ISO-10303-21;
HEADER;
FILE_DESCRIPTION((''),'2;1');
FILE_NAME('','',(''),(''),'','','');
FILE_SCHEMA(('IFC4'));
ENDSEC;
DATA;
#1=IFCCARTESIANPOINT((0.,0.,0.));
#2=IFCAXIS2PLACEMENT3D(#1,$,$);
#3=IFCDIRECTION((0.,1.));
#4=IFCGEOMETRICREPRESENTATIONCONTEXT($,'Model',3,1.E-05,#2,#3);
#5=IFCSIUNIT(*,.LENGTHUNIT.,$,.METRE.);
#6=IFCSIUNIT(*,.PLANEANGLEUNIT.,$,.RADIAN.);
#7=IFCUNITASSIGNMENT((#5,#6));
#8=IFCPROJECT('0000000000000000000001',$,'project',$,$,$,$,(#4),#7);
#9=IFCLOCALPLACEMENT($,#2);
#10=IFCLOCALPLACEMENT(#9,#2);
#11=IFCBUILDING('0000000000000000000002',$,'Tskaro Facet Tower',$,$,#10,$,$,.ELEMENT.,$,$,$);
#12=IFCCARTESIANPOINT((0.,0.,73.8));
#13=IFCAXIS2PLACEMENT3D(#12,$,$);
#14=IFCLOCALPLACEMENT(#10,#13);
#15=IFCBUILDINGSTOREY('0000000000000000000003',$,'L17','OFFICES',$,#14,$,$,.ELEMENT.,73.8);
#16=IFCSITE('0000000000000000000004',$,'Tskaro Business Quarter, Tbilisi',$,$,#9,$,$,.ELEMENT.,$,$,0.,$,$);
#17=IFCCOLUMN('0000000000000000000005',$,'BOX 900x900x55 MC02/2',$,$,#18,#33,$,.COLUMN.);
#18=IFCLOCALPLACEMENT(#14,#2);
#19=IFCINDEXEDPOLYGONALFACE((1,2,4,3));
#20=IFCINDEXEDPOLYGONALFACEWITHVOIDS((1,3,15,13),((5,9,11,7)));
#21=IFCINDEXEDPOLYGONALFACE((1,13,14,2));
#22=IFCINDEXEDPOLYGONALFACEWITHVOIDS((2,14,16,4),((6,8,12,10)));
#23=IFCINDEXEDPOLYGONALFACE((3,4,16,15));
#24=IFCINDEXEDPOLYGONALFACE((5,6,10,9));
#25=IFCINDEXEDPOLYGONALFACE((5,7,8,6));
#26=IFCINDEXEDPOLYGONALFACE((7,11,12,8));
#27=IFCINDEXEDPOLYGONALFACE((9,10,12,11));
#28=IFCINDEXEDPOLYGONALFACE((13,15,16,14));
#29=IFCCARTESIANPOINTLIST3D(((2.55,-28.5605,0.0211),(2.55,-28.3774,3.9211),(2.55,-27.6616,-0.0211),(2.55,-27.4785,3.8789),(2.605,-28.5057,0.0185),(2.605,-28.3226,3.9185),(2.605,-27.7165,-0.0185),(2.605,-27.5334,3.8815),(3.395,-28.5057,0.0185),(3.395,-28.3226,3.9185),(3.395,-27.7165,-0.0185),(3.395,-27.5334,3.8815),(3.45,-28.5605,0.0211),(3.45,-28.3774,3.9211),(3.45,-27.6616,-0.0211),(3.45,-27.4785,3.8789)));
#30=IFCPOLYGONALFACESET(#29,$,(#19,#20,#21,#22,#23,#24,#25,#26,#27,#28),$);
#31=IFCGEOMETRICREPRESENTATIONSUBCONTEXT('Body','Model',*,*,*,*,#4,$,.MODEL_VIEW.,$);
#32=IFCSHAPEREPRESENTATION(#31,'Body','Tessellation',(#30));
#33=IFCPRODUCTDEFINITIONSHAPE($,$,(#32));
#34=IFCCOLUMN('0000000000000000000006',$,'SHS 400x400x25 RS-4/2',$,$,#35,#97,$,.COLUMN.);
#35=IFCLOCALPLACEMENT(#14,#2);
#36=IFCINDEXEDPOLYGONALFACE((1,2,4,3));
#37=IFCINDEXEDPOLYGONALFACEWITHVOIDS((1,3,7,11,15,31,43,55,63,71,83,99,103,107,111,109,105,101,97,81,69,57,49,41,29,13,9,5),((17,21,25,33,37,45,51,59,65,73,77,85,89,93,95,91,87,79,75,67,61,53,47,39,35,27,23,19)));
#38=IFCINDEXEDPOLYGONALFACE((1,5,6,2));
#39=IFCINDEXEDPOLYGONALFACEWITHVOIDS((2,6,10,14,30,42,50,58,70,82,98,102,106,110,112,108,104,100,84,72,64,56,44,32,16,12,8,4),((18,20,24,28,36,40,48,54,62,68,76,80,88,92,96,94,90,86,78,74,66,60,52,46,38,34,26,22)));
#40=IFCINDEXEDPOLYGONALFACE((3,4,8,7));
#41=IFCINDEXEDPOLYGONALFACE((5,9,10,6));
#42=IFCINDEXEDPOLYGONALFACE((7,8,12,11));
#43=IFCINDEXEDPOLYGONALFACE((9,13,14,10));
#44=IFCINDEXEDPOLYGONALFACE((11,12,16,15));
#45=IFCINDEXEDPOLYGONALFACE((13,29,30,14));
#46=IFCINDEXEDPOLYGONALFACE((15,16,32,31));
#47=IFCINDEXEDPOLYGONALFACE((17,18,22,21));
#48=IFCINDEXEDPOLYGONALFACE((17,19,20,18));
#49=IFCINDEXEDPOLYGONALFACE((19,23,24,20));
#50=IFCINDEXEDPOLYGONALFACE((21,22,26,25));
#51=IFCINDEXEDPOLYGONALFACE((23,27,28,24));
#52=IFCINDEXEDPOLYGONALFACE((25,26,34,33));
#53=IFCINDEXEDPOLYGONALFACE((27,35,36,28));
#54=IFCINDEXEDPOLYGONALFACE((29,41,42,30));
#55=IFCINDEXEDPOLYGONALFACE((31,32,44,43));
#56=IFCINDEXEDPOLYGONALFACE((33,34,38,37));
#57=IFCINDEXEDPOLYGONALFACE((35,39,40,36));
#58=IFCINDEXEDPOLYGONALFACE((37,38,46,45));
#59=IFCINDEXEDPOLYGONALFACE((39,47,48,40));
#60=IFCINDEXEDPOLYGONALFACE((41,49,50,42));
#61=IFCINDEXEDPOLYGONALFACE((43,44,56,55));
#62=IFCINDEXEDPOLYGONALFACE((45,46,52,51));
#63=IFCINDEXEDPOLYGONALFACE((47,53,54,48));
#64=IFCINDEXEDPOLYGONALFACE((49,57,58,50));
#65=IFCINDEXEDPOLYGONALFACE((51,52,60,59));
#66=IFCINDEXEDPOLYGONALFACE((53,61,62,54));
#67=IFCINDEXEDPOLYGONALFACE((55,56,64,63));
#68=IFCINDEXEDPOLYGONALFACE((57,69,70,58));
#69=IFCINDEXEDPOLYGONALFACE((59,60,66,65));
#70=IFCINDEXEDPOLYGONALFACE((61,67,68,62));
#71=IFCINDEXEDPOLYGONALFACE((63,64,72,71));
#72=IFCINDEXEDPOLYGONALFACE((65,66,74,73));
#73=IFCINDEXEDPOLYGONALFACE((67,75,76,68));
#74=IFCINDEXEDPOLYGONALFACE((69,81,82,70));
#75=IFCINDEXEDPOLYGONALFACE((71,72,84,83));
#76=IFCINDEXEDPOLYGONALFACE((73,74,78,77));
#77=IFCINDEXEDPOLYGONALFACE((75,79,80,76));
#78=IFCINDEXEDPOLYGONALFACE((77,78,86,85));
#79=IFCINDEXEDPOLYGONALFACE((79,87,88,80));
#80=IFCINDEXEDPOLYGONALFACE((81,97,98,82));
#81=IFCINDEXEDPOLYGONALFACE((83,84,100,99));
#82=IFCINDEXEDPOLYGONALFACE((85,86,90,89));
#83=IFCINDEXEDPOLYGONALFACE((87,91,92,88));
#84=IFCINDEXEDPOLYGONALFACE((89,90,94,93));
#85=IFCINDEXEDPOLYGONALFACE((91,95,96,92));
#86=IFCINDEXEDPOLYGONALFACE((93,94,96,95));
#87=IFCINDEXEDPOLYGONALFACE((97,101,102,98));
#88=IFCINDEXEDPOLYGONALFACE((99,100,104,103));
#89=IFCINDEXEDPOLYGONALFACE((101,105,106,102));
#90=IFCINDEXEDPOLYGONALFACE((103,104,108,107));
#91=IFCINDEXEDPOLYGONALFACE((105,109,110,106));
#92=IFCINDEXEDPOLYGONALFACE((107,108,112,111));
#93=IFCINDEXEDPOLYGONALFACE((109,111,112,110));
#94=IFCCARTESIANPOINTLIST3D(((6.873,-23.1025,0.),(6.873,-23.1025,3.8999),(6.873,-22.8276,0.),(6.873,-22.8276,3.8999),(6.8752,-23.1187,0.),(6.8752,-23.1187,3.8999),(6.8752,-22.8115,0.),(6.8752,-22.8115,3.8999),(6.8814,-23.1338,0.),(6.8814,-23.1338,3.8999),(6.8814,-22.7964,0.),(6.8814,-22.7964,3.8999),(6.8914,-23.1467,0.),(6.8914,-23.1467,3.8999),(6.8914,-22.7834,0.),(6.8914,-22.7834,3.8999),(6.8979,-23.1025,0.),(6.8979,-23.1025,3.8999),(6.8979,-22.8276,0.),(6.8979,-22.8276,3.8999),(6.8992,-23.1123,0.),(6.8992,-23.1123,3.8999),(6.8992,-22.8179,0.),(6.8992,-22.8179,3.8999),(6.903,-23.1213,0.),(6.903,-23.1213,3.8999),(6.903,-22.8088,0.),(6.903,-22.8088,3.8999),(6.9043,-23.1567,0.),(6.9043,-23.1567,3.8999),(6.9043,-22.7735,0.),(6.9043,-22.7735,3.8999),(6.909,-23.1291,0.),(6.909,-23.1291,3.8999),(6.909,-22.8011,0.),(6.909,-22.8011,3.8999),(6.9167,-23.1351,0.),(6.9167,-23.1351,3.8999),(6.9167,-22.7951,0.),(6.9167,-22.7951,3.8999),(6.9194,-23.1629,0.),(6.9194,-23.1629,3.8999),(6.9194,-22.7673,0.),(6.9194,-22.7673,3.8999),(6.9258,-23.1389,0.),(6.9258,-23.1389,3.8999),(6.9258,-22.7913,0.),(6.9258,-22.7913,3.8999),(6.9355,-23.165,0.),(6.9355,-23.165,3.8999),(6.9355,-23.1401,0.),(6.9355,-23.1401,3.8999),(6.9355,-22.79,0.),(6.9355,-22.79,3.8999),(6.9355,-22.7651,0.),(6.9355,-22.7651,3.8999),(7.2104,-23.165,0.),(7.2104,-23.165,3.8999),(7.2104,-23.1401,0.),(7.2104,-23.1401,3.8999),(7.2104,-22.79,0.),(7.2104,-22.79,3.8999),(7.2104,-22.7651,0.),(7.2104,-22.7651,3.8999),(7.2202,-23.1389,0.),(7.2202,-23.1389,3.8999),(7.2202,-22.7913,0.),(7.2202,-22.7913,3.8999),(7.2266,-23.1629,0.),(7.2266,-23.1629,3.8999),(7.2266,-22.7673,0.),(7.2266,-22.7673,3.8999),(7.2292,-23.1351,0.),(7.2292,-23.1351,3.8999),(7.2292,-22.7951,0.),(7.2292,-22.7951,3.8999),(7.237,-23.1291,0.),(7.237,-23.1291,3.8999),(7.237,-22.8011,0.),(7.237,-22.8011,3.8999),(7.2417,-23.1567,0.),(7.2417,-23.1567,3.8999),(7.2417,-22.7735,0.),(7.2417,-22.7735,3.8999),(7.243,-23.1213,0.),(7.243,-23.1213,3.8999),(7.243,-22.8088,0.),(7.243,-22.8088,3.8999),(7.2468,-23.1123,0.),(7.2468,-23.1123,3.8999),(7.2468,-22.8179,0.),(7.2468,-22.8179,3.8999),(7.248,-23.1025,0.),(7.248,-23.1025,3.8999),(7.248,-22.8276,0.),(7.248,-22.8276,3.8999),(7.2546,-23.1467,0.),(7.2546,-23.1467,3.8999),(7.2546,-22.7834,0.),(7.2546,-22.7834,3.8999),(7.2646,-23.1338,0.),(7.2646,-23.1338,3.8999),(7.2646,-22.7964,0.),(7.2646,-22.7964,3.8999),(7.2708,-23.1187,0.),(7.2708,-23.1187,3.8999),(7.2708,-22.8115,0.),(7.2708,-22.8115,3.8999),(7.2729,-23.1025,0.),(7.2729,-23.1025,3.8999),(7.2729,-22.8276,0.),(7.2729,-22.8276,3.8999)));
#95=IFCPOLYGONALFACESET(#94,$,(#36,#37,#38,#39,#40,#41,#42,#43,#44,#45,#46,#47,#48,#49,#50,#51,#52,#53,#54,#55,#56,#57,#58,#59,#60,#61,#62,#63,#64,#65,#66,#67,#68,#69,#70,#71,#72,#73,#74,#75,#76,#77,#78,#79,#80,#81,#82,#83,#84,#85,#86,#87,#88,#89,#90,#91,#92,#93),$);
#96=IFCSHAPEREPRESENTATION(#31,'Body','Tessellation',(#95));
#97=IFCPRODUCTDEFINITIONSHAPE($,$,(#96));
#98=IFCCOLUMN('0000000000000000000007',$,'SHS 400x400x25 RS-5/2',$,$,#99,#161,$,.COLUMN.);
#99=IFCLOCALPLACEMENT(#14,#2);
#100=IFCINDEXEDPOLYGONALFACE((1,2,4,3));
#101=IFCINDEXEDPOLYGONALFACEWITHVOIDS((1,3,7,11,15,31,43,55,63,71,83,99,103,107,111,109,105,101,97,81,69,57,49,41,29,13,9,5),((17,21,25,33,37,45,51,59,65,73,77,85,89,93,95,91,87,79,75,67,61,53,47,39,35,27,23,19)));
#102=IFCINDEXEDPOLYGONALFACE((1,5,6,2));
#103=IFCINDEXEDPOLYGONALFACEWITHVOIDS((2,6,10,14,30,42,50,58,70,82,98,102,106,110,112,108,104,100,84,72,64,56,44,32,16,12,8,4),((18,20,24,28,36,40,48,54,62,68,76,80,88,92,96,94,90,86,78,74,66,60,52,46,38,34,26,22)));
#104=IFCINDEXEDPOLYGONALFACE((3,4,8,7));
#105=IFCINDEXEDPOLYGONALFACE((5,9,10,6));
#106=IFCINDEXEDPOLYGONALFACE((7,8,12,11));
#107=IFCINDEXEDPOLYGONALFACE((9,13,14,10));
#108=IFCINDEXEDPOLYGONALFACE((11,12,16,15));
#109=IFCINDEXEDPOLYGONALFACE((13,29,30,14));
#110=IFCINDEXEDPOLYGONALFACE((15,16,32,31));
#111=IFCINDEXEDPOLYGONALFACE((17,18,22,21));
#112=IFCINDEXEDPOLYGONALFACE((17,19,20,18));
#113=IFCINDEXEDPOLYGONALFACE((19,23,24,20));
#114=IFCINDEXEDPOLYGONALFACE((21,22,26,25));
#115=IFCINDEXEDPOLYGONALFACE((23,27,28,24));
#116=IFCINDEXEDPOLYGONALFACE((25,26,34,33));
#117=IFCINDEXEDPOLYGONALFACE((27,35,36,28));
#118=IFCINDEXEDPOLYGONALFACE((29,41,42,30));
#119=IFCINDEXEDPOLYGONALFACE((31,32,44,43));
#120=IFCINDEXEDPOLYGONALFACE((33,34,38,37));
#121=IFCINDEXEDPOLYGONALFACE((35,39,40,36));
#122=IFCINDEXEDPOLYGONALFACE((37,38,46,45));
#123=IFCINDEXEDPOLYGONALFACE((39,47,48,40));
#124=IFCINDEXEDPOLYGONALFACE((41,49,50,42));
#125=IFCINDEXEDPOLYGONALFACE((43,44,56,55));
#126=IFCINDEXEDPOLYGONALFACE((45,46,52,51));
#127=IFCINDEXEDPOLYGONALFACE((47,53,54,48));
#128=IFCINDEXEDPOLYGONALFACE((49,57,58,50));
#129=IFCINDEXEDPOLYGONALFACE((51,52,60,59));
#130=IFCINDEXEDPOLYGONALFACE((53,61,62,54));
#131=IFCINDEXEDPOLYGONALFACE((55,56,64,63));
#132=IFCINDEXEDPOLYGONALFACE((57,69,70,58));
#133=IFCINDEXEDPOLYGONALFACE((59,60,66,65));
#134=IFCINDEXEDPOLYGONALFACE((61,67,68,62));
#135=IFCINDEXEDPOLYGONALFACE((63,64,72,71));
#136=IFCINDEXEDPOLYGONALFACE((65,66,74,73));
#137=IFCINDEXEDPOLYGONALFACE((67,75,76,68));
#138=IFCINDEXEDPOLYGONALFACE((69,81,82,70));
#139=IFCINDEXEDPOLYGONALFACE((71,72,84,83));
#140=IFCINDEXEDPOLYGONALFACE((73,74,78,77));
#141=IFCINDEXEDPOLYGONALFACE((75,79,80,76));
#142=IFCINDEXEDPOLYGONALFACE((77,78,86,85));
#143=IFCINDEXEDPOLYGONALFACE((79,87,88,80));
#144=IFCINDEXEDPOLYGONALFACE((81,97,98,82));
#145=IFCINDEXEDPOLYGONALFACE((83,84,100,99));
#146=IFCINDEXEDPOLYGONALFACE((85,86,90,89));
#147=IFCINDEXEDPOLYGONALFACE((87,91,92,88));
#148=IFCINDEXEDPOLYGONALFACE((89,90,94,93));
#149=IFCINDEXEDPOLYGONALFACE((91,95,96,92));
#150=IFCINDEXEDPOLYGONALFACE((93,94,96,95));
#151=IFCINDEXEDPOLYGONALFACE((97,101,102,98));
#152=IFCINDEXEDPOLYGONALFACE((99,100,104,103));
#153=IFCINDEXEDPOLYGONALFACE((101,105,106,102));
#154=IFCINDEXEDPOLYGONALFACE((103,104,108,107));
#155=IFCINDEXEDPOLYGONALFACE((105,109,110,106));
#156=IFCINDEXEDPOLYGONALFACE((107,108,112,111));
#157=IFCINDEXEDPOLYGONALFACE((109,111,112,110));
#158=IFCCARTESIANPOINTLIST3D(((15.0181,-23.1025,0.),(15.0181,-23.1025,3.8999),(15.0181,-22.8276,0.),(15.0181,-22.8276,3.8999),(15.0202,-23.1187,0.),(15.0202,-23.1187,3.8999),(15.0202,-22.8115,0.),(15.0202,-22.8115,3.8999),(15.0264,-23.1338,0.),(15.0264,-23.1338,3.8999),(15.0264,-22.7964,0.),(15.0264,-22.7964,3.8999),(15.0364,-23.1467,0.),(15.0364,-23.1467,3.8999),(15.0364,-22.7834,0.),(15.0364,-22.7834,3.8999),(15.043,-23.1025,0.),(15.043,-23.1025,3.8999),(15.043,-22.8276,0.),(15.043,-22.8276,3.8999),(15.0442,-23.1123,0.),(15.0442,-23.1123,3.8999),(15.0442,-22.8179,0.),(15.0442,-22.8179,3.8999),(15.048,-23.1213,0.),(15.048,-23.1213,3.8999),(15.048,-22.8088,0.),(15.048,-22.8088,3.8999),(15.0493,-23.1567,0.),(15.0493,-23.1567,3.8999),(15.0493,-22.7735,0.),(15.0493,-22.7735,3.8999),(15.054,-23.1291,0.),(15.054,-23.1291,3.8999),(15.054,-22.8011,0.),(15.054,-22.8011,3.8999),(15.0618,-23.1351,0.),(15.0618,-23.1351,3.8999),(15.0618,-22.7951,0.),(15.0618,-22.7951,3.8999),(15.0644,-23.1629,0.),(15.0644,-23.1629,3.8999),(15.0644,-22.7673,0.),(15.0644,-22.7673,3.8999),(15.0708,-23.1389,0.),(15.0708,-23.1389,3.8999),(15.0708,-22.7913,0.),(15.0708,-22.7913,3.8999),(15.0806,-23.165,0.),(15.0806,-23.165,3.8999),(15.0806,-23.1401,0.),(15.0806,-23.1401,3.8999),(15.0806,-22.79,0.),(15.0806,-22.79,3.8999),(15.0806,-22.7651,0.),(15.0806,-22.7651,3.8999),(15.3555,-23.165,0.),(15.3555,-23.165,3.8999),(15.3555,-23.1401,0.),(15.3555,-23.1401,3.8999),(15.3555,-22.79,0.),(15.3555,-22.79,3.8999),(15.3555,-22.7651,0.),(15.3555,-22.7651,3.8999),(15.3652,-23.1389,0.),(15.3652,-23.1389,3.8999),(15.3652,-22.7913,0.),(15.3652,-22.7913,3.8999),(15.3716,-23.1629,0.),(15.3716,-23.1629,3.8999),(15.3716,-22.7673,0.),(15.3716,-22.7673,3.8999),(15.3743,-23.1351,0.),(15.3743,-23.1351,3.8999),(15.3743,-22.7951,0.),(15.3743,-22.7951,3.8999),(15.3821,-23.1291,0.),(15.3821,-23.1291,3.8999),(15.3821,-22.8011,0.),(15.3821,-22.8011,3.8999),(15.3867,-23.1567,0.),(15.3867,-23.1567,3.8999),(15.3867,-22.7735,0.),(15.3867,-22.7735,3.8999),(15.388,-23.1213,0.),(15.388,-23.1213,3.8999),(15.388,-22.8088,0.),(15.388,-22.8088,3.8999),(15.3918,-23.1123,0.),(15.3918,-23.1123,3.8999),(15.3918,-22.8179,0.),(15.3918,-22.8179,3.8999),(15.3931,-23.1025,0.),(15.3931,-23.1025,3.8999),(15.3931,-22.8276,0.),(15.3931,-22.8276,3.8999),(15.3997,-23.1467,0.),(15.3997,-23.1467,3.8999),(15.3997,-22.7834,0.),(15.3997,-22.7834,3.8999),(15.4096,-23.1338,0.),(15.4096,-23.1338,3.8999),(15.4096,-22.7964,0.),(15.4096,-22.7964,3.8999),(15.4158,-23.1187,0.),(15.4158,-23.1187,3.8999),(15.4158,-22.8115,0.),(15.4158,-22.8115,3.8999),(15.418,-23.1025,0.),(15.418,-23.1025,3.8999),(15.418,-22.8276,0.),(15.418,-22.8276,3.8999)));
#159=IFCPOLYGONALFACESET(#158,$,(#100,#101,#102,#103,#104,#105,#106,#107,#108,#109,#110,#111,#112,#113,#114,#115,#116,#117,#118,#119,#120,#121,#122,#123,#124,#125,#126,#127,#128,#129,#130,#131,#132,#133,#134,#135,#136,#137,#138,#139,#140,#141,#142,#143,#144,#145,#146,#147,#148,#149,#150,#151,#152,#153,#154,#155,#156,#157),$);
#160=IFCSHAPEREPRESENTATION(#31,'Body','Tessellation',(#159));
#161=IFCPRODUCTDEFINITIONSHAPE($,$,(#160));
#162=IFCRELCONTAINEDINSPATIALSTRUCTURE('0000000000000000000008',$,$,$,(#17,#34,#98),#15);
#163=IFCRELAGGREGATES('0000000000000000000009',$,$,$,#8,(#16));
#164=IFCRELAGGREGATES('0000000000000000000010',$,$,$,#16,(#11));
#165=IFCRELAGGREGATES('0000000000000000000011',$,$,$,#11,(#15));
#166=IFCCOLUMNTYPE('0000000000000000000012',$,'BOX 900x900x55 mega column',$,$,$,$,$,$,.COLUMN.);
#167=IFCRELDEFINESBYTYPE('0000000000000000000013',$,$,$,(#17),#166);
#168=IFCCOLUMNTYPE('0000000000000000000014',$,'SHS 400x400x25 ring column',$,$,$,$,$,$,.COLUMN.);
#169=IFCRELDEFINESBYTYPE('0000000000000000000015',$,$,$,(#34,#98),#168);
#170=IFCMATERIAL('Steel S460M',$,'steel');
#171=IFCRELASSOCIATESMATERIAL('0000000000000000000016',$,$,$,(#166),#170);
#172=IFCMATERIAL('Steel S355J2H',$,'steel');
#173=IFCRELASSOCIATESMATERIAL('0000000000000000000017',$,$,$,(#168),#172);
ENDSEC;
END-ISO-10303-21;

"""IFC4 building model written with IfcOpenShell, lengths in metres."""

from ifc_helpers import new_model, si_unit, direction, frame, origin, origin_2d, place, context, subcontext, project, spatial, hollow_rectangle, extrude, material, material_profile, profile_set, type_object, element, save


model = new_model("IFC4")

# Units and contexts
model_context = context("Model", 3, precision=1e-05, world=origin(), true_north=direction((0.0, 1.0)))
body_context = subcontext(model_context, "Body", "Model", "MODEL_VIEW")
ifc_project = project(units=[si_unit("LENGTHUNIT", "METRE"), si_unit("PLANEANGLEUNIT", "RADIAN")], contexts=[model_context])

# Site, building, storey
site_placement = place(None, origin())
site = spatial("IfcSite", under=ifc_project, at=site_placement, Name="Tskaro Business Quarter, Tbilisi", CompositionType="ELEMENT", RefElevation=0.0)
building_placement = place(site_placement, origin())
building = spatial("IfcBuilding", under=site, at=building_placement, Name="Tskaro Facet Tower", CompositionType="ELEMENT")
storey_placement = place(building_placement, frame((0.0, 0.0, 73.8)))
storey = spatial("IfcBuildingStorey", under=building, at=storey_placement, Name="L17", Description="OFFICES", CompositionType="ELEMENT", Elevation=73.8)

# Columns
ifc_material_1 = material(Name="Steel S460M", Category="steel")
ifc_material_profile_1 = material_profile(ifc_material_1, hollow_rectangle(XDim=0.8999, YDim=0.8999, WallThickness=0.0549, at=origin_2d()), Name="BOX 900x900x55")
ifc_profile_set_1 = profile_set([ifc_material_profile_1], Name="Steel S460M")
column_type_1 = type_object("IfcColumnType", Name="BOX 900x900x55 mega column", PredefinedType="COLUMN", material=ifc_profile_set_1)
column_placement = place(storey_placement, frame((3.0, -28.1111, 0.0), z_axis=(0.0, 0.0469, 0.9989), x_axis=(-1.0, 0.0, 0.0)))
element("IfcColumn", 1, at=column_placement, inside=storey, type_object=column_type_1, Name="BOX 900x900x55 MC02/2", PredefinedType="COLUMN", context=body_context, shape_type="SweptSolid", body=[
    extrude(hollow_rectangle(XDim=0.8999, YDim=0.8999, WallThickness=0.0549, at=origin_2d()), origin(), (0.0, 0.0, 1.0), 3.9043),
])
ifc_material_2 = material(Name="Steel S355J2H", Category="steel")
ifc_material_profile_2 = material_profile(ifc_material_2, hollow_rectangle(XDim=0.3999, YDim=0.3999, WallThickness=0.0249, InnerFilletRadius=0.0376, OuterFilletRadius=0.0625, at=origin_2d()), Name="SHS 400x400x25")
ifc_profile_set_2 = profile_set([ifc_material_profile_2], Name="Steel S355J2H")
column_type_2 = type_object("IfcColumnType", Name="SHS 400x400x25 ring column", PredefinedType="COLUMN", material=ifc_profile_set_2)
for number, where, z_axis, x_axis, name in (
    (2, (7.073, -22.9651, 0.0), (0.0, 0.0, 1.0), (1.0, 0.0, 0.0), "SHS 400x400x25 RS-4/2"),
    (3, (15.218, -22.9651, 0.0), (0.0, 0.0, 1.0), (1.0, 0.0, 0.0), "SHS 400x400x25 RS-5/2"),
):
    element("IfcColumn", number, at=place(storey_placement, frame(where, z_axis=z_axis, x_axis=x_axis)), inside=storey, type_object=column_type_2, Name=name, PredefinedType="COLUMN", context=body_context, shape_type="SweptSolid", body=[
        extrude(hollow_rectangle(XDim=0.3999, YDim=0.3999, WallThickness=0.0249, InnerFilletRadius=0.0376, OuterFilletRadius=0.0625, at=origin_2d()), origin(), (0.0, 0.0, 1.0), 3.8999),
    ])

save(model, "model.ifc")
